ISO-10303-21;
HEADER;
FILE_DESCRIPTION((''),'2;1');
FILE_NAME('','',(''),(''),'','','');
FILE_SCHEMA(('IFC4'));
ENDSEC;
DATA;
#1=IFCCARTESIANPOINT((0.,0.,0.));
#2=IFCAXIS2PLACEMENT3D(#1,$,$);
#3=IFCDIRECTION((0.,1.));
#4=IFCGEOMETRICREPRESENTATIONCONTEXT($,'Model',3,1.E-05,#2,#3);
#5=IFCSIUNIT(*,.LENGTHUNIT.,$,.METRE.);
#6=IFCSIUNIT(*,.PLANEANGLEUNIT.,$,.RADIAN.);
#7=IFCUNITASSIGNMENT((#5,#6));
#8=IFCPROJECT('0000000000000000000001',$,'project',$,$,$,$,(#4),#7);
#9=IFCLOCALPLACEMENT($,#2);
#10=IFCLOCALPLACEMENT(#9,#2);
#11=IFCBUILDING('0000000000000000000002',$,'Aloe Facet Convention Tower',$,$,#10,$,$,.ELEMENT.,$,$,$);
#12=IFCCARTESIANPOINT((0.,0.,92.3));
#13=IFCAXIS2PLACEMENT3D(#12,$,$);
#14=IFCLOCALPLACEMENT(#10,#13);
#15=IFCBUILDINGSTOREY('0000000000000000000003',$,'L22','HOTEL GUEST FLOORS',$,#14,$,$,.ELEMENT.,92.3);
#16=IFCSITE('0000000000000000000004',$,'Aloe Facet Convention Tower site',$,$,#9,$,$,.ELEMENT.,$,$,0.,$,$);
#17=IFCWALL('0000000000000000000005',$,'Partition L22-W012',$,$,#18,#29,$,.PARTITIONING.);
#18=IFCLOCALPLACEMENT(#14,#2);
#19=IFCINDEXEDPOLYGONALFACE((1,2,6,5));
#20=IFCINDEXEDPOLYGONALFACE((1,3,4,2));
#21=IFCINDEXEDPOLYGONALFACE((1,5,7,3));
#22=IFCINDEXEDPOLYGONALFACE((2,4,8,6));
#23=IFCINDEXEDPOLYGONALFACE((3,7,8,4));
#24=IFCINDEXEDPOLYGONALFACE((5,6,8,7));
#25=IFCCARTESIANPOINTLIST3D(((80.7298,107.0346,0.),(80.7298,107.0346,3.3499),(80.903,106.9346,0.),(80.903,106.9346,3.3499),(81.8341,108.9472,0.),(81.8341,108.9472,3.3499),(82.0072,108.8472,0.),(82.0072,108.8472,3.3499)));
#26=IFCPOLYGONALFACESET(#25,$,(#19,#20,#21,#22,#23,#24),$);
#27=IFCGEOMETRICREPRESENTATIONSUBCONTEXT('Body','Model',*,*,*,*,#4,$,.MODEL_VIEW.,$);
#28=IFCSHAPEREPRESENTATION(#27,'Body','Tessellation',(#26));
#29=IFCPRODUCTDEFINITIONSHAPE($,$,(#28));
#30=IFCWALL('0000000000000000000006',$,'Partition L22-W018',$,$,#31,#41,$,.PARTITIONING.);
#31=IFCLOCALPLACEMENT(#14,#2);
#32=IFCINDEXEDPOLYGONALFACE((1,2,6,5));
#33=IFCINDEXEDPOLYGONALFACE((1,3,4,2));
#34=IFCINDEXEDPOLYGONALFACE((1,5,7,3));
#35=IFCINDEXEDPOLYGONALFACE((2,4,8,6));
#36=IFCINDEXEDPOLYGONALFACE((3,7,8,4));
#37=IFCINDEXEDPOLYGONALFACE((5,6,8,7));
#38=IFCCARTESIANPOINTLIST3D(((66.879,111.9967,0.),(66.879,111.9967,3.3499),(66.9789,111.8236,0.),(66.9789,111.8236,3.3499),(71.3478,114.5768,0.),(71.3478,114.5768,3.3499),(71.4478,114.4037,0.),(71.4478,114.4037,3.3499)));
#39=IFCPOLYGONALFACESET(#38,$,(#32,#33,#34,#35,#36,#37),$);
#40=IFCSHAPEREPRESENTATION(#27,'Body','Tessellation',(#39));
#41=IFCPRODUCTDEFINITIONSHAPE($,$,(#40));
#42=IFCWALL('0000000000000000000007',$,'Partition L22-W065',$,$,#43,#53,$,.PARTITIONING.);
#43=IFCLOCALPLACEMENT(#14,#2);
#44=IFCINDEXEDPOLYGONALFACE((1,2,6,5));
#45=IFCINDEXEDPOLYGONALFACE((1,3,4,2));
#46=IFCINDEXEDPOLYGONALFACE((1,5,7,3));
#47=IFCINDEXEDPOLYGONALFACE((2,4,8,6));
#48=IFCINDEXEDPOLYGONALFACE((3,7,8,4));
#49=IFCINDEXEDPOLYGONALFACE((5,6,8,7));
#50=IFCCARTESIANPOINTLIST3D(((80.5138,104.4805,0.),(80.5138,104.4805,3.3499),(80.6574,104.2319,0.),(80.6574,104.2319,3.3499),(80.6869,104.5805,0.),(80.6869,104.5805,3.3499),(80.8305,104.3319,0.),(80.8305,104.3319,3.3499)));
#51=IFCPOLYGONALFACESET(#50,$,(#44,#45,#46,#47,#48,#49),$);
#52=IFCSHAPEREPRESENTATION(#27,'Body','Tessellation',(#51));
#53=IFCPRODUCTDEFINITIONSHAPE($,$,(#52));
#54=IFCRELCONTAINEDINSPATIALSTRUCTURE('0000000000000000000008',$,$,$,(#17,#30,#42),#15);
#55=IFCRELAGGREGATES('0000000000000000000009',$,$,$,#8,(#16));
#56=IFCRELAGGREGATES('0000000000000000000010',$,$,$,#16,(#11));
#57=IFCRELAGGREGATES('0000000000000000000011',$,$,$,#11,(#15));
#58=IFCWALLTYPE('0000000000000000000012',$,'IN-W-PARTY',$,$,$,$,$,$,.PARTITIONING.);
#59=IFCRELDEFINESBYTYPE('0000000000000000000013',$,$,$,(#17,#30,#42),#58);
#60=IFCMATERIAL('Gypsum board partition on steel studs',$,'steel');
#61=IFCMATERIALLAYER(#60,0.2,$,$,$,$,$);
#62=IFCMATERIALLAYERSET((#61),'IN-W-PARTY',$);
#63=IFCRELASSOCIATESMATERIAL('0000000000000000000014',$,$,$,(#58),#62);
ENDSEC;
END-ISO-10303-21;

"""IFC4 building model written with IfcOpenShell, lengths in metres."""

from ifc_helpers import new_model, si_unit, direction, frame, frame_2d, origin, place, context, subcontext, project, spatial, rectangle, extrude, material, layer, layer_set, type_object, element, save


model = new_model("IFC4")

# Units and contexts
model_context = context("Model", 3, precision=1e-05, world=origin(), true_north=direction((0.0, 1.0)))
body_context = subcontext(model_context, "Body", "Model", "MODEL_VIEW")
ifc_project = project(units=[si_unit("LENGTHUNIT", "METRE"), si_unit("PLANEANGLEUNIT", "RADIAN")], contexts=[model_context])

# Site, building, storey
site_placement = place(None, origin())
site = spatial("IfcSite", under=ifc_project, at=site_placement, Name="Aloe Facet Convention Tower site", CompositionType="ELEMENT", RefElevation=0.0)
building_placement = place(site_placement, origin())
building = spatial("IfcBuilding", under=site, at=building_placement, Name="Aloe Facet Convention Tower", CompositionType="ELEMENT")
storey_placement = place(building_placement, frame((0.0, 0.0, 92.3)))
storey = spatial("IfcBuildingStorey", under=building, at=storey_placement, Name="L22", Description="HOTEL GUEST FLOORS", CompositionType="ELEMENT", Elevation=92.3)

# Walls
ifc_material_1 = material(Name="Gypsum board partition on steel studs", Category="steel")
ifc_layer_1 = layer(ifc_material_1, 0.2)
ifc_layer_set_1 = layer_set([ifc_layer_1], Name="IN-W-PARTY")
wall_type_1 = type_object("IfcWallType", Name="IN-W-PARTY", PredefinedType="PARTITIONING", material=ifc_layer_set_1)
wall_1_placement = place(storey_placement, frame((80.8164, 106.9846, 0.0), z_axis=(0.0, 0.0, 1.0), x_axis=(0.500003, 0.866024, 0.0)))
element("IfcWall", 1, at=wall_1_placement, inside=storey, type_object=wall_type_1, Name="Partition L22-W012", PredefinedType="PARTITIONING", context=body_context, shape_type="SweptSolid", body=[
    extrude(rectangle(XDim=2.2085, YDim=0.2, at=frame_2d((1.1042, 0.0))), origin(), (0.0, 0.0, 1.0), 3.3499),
])
wall_2_placement = place(storey_placement, frame((66.929, 111.9102, 0.0), z_axis=(0.0, 0.0, 1.0), x_axis=(0.866022, 0.500006, 0.0)))
element("IfcWall", 2, at=wall_2_placement, inside=storey, type_object=wall_type_1, Name="Partition L22-W018", PredefinedType="PARTITIONING", context=body_context, shape_type="SweptSolid", body=[
    extrude(rectangle(XDim=5.1602, YDim=0.2, at=frame_2d((2.5801, 0.0))), origin(), (0.0, 0.0, 1.0), 3.3499),
])
wall_3_placement = place(storey_placement, frame((80.6003, 104.5305, 0.0), z_axis=(0.0, 0.0, 1.0), x_axis=(0.500164, -0.865931, 0.0)))
element("IfcWall", 3, at=wall_3_placement, inside=storey, type_object=wall_type_1, Name="Partition L22-W065", PredefinedType="PARTITIONING", context=body_context, shape_type="SweptSolid", body=[
    extrude(rectangle(XDim=0.2871, YDim=0.2, at=frame_2d((0.1436, 0.0))), origin(), (0.0, 0.0, 1.0), 3.3499),
])

save(model, "model.ifc")
